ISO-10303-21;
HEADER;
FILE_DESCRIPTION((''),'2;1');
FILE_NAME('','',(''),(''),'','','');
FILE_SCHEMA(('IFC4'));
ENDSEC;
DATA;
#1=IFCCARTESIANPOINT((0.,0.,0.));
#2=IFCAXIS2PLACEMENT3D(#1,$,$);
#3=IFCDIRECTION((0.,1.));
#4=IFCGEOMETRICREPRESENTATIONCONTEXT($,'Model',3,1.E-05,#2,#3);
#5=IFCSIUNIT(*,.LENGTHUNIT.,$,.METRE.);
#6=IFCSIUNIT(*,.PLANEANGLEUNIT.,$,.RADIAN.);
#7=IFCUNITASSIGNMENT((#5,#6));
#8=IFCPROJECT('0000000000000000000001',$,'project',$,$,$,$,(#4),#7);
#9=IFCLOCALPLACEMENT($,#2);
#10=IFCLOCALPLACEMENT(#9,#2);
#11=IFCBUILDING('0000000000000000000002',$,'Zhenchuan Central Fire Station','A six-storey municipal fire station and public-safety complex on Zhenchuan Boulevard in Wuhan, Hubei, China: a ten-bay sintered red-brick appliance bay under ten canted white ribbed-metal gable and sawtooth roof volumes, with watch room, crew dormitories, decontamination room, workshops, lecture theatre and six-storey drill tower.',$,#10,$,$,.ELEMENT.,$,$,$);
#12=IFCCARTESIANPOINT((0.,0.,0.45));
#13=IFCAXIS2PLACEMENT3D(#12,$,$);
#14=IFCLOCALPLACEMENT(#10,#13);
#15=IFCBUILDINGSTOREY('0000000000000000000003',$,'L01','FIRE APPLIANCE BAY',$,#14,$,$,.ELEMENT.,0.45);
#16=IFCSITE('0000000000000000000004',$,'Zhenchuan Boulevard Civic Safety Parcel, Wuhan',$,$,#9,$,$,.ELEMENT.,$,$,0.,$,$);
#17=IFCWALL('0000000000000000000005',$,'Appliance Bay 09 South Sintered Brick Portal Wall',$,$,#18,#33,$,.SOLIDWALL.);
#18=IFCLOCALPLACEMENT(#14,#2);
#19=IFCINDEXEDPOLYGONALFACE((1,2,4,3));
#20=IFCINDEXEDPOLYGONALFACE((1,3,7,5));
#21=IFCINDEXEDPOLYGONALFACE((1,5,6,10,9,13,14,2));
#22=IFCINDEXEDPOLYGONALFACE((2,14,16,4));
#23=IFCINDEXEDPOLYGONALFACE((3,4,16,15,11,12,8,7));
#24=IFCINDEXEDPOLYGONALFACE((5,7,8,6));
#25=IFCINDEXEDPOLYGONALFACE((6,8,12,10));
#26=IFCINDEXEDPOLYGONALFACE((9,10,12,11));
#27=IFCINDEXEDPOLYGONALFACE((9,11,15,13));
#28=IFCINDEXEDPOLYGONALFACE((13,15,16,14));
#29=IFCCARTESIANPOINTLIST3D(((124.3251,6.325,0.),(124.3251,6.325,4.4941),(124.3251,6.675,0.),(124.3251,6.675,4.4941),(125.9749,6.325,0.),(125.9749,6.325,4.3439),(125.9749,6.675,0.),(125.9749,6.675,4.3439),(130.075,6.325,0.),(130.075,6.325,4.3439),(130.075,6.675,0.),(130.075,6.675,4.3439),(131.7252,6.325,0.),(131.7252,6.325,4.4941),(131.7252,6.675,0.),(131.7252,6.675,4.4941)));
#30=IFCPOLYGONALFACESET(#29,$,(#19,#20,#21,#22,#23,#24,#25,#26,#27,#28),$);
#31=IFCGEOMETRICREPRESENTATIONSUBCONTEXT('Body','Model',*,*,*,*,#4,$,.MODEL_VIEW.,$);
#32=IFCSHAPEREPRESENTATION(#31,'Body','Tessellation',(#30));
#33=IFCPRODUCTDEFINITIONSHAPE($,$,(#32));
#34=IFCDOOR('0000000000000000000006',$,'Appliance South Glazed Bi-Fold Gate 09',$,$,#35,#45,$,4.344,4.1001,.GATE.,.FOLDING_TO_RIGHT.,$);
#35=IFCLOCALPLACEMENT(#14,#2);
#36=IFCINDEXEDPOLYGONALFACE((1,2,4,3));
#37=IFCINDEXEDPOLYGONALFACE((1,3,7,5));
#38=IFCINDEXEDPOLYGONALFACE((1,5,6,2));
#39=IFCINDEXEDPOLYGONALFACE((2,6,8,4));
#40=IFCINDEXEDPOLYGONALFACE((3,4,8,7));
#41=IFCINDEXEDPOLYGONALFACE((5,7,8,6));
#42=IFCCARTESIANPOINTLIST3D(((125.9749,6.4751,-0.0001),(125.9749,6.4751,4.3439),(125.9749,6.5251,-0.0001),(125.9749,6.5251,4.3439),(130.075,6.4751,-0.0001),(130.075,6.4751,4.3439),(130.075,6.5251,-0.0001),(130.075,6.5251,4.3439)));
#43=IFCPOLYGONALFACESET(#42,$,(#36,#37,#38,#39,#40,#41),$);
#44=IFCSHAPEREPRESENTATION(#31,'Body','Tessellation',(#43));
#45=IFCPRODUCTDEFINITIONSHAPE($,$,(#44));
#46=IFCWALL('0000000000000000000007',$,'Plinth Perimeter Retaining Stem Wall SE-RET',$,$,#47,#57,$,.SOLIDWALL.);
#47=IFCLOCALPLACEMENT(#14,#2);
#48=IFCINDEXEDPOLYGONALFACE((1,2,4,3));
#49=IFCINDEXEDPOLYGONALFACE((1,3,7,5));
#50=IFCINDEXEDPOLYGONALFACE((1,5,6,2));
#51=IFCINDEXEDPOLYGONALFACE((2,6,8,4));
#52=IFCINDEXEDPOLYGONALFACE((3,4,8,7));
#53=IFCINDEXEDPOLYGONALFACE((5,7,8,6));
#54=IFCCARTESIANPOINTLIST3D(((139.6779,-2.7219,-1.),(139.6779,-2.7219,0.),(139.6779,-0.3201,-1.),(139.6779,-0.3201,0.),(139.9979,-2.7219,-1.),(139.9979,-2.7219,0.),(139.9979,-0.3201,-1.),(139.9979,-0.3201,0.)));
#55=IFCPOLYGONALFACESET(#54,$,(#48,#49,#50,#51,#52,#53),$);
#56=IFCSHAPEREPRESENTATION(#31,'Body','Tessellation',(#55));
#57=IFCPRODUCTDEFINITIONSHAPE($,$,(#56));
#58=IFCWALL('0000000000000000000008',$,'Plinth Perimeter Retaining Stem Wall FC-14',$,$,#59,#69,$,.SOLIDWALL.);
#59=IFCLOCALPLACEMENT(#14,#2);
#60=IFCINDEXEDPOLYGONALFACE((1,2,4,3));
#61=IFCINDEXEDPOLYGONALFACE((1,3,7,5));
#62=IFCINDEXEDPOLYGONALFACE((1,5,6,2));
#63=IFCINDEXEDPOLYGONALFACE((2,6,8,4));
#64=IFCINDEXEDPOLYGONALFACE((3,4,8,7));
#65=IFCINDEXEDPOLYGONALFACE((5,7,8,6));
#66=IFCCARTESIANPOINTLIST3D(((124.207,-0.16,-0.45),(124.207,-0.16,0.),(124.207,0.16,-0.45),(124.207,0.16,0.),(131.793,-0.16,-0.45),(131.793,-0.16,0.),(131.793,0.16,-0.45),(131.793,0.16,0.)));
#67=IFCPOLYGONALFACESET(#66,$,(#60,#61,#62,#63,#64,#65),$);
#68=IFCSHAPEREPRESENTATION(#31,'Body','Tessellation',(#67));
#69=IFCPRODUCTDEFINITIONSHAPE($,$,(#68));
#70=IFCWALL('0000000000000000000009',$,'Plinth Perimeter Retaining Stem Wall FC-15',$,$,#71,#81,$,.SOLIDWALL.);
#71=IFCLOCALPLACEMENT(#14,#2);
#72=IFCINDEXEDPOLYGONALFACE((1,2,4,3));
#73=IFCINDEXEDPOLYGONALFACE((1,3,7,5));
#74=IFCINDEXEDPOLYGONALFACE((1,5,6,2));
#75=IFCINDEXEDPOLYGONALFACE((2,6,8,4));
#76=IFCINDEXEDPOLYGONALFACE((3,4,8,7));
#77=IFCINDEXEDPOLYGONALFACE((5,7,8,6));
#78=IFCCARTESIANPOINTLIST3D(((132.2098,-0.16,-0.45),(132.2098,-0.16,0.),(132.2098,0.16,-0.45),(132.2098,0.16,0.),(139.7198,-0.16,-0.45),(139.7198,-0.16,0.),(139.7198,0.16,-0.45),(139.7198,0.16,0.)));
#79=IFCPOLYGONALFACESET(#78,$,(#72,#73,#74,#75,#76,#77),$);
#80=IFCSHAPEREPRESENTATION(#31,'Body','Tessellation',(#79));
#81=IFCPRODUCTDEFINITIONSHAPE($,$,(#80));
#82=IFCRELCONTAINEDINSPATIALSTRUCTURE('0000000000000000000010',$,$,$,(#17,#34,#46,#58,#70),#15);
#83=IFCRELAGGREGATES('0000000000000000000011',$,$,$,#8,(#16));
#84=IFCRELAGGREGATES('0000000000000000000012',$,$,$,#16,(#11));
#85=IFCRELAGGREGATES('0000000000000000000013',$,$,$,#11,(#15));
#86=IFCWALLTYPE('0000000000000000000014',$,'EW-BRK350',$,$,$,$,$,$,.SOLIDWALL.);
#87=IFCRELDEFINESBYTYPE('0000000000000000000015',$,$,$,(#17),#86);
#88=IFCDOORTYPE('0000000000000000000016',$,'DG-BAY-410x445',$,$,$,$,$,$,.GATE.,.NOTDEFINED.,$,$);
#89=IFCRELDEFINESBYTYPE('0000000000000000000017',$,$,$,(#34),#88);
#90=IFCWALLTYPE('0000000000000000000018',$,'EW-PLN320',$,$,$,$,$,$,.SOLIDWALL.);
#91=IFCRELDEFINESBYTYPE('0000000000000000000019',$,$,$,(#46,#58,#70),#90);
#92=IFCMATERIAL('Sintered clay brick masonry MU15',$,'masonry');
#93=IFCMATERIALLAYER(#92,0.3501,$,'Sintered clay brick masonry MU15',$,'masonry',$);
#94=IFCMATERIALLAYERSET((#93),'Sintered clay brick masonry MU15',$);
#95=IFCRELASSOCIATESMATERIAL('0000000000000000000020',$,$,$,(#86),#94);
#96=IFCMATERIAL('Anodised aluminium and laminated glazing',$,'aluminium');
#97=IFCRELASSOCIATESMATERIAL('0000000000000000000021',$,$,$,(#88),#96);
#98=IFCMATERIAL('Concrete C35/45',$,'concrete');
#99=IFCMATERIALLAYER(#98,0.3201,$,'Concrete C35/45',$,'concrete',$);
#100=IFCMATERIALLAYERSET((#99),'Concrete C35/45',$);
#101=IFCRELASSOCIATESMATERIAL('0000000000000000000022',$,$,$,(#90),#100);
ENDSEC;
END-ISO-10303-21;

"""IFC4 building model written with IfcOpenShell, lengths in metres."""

from ifc_helpers import new_model, si_unit, direction, frame, frame_2d, origin, place, context, subcontext, project, spatial, rectangle, extrude, material, layer, layer_set, type_object, element, fill, save


model = new_model("IFC4")

# Units and contexts
model_context = context("Model", 3, precision=1e-05, world=origin(), true_north=direction((0.0, 1.0)))
body_context = subcontext(model_context, "Body", "Model", "MODEL_VIEW")
ifc_project = project(units=[si_unit("LENGTHUNIT", "METRE"), si_unit("PLANEANGLEUNIT", "RADIAN")], contexts=[model_context])

# Site, building, storey
site_placement = place(None, origin())
site = spatial("IfcSite", under=ifc_project, at=site_placement, Name="Zhenchuan Boulevard Civic Safety Parcel, Wuhan", CompositionType="ELEMENT", RefElevation=0.0)
building_placement = place(site_placement, origin())
building = spatial("IfcBuilding", under=site, at=building_placement, Name="Zhenchuan Central Fire Station", Description="A six-storey municipal fire station and public-safety complex on Zhenchuan Boulevard in Wuhan, Hubei, China: a ten-bay sintered red-brick appliance bay under ten canted white ribbed-metal gable and sawtooth roof volumes, with watch room, crew dormitories, decontamination room, workshops, lecture theatre and six-storey drill tower.", CompositionType="ELEMENT")
storey_placement = place(building_placement, frame((0.0, 0.0, 0.45)))
storey = spatial("IfcBuildingStorey", under=building, at=storey_placement, Name="L01", Description="FIRE APPLIANCE BAY", CompositionType="ELEMENT", Elevation=0.45)

# Shared definitions
ifc_material_1 = material(Name="Concrete C35/45", Category="concrete")

# Wall, opening, door
ifc_material_2 = material(Name="Sintered clay brick masonry MU15", Category="masonry")
ifc_layer_1 = layer(ifc_material_2, 0.3501, Name="Sintered clay brick masonry MU15", Category="masonry")
ifc_layer_set_1 = layer_set([ifc_layer_1], Name="Sintered clay brick masonry MU15")
wall_type_1 = type_object("IfcWallType", Name="EW-BRK350", PredefinedType="SOLIDWALL", material=ifc_layer_set_1)
wall_1_placement = place(storey_placement, frame((124.325, 6.5, 0.0), z_axis=(0.0, 0.0, 1.0), x_axis=(1.0, 0.0, 0.0)))
wall_1 = element("IfcWall", 1, at=wall_1_placement, inside=storey, type_object=wall_type_1, Name="Appliance Bay 09 South Sintered Brick Portal Wall", PredefinedType="SOLIDWALL", context=body_context, shape_type="SweptSolid", body=[
    extrude(rectangle(XDim=7.4001, YDim=0.3501, at=frame_2d((3.7002, 0.0))), origin(), (0.0, 0.0, 1.0), 4.4941),
])
opening_placement = place(wall_1_placement, frame((1.6499, 0.0, 0.0)))
opening = element("IfcOpeningElement", 2, at=opening_placement, cuts=wall_1, PredefinedType="OPENING", context=body_context, shape_type="SweptSolid", body=[
    extrude(rectangle(XDim=4.1001, YDim=4.344, at=frame_2d((2.05, 2.1719))), frame((0.0, 0.1851, 0.0), z_axis=(0.0, -1.0, 0.0), x_axis=(1.0, 0.0, 0.0)), (0.0, 0.0, 1.0), 0.3701),
])
ifc_material_3 = material(Name="Anodised aluminium and laminated glazing", Category="aluminium")
door_type = type_object("IfcDoorType", Name="DG-BAY-410x445", OperationType="NOTDEFINED", PredefinedType="GATE", material=ifc_material_3)
door_placement = place(opening_placement, frame((4.1001, 0.0, 0.0), z_axis=(0.0, 0.0, 1.0), x_axis=(-1.0, 0.0, 0.0)))
door = element("IfcDoor", 3, at=door_placement, inside=storey, type_object=door_type, Name="Appliance South Glazed Bi-Fold Gate 09", OperationType="FOLDING_TO_RIGHT", OverallHeight=4.344, OverallWidth=4.1001, PredefinedType="GATE", context=body_context, shape_type="SweptSolid", body=[
    extrude(rectangle(XDim=4.1001, YDim=4.344, at=frame_2d((2.05, 2.1719))), frame((0.0, 0.0249, 0.0), z_axis=(0.0, -1.0, 0.0), x_axis=(1.0, 0.0, 0.0)), (0.0, 0.0, 1.0), 0.05),
])
fill(opening, door)

# Walls
ifc_layer_2 = layer(ifc_material_1, 0.3201, Name="Concrete C35/45", Category="concrete")
ifc_layer_set_2 = layer_set([ifc_layer_2], Name="Concrete C35/45")
wall_type_2 = type_object("IfcWallType", Name="EW-PLN320", PredefinedType="SOLIDWALL", material=ifc_layer_set_2)
wall_2_placement = place(storey_placement, frame((139.8379, -2.7219, -1.0), z_axis=(0.0, 0.0, 1.0), x_axis=(0.0, 1.0, 0.0)))
element("IfcWall", 4, at=wall_2_placement, inside=storey, type_object=wall_type_2, Name="Plinth Perimeter Retaining Stem Wall SE-RET", PredefinedType="SOLIDWALL", context=body_context, shape_type="SweptSolid", body=[
    extrude(rectangle(XDim=2.4019, YDim=0.3201, at=frame_2d((1.2009, 0.0))), origin(), (0.0, 0.0, 1.0), 1.0),
])
wall_3_placement = place(storey_placement, frame((124.207, 0.0, -0.45), z_axis=(0.0, 0.0, 1.0), x_axis=(1.0, 0.0, 0.0)))
element("IfcWall", 5, at=wall_3_placement, inside=storey, type_object=wall_type_2, Name="Plinth Perimeter Retaining Stem Wall FC-14", PredefinedType="SOLIDWALL", context=body_context, shape_type="SweptSolid", body=[
    extrude(rectangle(XDim=7.5859, YDim=0.3201, at=frame_2d((3.793, 0.0))), origin(), (0.0, 0.0, 1.0), 0.45),
])
wall_4_placement = place(storey_placement, frame((132.21, 0.0, -0.45), z_axis=(0.0, 0.0, 1.0), x_axis=(1.0, 0.0, 0.0)))
element("IfcWall", 6, at=wall_4_placement, inside=storey, type_object=wall_type_2, Name="Plinth Perimeter Retaining Stem Wall FC-15", PredefinedType="SOLIDWALL", context=body_context, shape_type="SweptSolid", body=[
    extrude(rectangle(XDim=7.51, YDim=0.3201, at=frame_2d((3.7549, 0.0))), origin(), (0.0, 0.0, 1.0), 0.45),
])

save(model, "model.ifc")
